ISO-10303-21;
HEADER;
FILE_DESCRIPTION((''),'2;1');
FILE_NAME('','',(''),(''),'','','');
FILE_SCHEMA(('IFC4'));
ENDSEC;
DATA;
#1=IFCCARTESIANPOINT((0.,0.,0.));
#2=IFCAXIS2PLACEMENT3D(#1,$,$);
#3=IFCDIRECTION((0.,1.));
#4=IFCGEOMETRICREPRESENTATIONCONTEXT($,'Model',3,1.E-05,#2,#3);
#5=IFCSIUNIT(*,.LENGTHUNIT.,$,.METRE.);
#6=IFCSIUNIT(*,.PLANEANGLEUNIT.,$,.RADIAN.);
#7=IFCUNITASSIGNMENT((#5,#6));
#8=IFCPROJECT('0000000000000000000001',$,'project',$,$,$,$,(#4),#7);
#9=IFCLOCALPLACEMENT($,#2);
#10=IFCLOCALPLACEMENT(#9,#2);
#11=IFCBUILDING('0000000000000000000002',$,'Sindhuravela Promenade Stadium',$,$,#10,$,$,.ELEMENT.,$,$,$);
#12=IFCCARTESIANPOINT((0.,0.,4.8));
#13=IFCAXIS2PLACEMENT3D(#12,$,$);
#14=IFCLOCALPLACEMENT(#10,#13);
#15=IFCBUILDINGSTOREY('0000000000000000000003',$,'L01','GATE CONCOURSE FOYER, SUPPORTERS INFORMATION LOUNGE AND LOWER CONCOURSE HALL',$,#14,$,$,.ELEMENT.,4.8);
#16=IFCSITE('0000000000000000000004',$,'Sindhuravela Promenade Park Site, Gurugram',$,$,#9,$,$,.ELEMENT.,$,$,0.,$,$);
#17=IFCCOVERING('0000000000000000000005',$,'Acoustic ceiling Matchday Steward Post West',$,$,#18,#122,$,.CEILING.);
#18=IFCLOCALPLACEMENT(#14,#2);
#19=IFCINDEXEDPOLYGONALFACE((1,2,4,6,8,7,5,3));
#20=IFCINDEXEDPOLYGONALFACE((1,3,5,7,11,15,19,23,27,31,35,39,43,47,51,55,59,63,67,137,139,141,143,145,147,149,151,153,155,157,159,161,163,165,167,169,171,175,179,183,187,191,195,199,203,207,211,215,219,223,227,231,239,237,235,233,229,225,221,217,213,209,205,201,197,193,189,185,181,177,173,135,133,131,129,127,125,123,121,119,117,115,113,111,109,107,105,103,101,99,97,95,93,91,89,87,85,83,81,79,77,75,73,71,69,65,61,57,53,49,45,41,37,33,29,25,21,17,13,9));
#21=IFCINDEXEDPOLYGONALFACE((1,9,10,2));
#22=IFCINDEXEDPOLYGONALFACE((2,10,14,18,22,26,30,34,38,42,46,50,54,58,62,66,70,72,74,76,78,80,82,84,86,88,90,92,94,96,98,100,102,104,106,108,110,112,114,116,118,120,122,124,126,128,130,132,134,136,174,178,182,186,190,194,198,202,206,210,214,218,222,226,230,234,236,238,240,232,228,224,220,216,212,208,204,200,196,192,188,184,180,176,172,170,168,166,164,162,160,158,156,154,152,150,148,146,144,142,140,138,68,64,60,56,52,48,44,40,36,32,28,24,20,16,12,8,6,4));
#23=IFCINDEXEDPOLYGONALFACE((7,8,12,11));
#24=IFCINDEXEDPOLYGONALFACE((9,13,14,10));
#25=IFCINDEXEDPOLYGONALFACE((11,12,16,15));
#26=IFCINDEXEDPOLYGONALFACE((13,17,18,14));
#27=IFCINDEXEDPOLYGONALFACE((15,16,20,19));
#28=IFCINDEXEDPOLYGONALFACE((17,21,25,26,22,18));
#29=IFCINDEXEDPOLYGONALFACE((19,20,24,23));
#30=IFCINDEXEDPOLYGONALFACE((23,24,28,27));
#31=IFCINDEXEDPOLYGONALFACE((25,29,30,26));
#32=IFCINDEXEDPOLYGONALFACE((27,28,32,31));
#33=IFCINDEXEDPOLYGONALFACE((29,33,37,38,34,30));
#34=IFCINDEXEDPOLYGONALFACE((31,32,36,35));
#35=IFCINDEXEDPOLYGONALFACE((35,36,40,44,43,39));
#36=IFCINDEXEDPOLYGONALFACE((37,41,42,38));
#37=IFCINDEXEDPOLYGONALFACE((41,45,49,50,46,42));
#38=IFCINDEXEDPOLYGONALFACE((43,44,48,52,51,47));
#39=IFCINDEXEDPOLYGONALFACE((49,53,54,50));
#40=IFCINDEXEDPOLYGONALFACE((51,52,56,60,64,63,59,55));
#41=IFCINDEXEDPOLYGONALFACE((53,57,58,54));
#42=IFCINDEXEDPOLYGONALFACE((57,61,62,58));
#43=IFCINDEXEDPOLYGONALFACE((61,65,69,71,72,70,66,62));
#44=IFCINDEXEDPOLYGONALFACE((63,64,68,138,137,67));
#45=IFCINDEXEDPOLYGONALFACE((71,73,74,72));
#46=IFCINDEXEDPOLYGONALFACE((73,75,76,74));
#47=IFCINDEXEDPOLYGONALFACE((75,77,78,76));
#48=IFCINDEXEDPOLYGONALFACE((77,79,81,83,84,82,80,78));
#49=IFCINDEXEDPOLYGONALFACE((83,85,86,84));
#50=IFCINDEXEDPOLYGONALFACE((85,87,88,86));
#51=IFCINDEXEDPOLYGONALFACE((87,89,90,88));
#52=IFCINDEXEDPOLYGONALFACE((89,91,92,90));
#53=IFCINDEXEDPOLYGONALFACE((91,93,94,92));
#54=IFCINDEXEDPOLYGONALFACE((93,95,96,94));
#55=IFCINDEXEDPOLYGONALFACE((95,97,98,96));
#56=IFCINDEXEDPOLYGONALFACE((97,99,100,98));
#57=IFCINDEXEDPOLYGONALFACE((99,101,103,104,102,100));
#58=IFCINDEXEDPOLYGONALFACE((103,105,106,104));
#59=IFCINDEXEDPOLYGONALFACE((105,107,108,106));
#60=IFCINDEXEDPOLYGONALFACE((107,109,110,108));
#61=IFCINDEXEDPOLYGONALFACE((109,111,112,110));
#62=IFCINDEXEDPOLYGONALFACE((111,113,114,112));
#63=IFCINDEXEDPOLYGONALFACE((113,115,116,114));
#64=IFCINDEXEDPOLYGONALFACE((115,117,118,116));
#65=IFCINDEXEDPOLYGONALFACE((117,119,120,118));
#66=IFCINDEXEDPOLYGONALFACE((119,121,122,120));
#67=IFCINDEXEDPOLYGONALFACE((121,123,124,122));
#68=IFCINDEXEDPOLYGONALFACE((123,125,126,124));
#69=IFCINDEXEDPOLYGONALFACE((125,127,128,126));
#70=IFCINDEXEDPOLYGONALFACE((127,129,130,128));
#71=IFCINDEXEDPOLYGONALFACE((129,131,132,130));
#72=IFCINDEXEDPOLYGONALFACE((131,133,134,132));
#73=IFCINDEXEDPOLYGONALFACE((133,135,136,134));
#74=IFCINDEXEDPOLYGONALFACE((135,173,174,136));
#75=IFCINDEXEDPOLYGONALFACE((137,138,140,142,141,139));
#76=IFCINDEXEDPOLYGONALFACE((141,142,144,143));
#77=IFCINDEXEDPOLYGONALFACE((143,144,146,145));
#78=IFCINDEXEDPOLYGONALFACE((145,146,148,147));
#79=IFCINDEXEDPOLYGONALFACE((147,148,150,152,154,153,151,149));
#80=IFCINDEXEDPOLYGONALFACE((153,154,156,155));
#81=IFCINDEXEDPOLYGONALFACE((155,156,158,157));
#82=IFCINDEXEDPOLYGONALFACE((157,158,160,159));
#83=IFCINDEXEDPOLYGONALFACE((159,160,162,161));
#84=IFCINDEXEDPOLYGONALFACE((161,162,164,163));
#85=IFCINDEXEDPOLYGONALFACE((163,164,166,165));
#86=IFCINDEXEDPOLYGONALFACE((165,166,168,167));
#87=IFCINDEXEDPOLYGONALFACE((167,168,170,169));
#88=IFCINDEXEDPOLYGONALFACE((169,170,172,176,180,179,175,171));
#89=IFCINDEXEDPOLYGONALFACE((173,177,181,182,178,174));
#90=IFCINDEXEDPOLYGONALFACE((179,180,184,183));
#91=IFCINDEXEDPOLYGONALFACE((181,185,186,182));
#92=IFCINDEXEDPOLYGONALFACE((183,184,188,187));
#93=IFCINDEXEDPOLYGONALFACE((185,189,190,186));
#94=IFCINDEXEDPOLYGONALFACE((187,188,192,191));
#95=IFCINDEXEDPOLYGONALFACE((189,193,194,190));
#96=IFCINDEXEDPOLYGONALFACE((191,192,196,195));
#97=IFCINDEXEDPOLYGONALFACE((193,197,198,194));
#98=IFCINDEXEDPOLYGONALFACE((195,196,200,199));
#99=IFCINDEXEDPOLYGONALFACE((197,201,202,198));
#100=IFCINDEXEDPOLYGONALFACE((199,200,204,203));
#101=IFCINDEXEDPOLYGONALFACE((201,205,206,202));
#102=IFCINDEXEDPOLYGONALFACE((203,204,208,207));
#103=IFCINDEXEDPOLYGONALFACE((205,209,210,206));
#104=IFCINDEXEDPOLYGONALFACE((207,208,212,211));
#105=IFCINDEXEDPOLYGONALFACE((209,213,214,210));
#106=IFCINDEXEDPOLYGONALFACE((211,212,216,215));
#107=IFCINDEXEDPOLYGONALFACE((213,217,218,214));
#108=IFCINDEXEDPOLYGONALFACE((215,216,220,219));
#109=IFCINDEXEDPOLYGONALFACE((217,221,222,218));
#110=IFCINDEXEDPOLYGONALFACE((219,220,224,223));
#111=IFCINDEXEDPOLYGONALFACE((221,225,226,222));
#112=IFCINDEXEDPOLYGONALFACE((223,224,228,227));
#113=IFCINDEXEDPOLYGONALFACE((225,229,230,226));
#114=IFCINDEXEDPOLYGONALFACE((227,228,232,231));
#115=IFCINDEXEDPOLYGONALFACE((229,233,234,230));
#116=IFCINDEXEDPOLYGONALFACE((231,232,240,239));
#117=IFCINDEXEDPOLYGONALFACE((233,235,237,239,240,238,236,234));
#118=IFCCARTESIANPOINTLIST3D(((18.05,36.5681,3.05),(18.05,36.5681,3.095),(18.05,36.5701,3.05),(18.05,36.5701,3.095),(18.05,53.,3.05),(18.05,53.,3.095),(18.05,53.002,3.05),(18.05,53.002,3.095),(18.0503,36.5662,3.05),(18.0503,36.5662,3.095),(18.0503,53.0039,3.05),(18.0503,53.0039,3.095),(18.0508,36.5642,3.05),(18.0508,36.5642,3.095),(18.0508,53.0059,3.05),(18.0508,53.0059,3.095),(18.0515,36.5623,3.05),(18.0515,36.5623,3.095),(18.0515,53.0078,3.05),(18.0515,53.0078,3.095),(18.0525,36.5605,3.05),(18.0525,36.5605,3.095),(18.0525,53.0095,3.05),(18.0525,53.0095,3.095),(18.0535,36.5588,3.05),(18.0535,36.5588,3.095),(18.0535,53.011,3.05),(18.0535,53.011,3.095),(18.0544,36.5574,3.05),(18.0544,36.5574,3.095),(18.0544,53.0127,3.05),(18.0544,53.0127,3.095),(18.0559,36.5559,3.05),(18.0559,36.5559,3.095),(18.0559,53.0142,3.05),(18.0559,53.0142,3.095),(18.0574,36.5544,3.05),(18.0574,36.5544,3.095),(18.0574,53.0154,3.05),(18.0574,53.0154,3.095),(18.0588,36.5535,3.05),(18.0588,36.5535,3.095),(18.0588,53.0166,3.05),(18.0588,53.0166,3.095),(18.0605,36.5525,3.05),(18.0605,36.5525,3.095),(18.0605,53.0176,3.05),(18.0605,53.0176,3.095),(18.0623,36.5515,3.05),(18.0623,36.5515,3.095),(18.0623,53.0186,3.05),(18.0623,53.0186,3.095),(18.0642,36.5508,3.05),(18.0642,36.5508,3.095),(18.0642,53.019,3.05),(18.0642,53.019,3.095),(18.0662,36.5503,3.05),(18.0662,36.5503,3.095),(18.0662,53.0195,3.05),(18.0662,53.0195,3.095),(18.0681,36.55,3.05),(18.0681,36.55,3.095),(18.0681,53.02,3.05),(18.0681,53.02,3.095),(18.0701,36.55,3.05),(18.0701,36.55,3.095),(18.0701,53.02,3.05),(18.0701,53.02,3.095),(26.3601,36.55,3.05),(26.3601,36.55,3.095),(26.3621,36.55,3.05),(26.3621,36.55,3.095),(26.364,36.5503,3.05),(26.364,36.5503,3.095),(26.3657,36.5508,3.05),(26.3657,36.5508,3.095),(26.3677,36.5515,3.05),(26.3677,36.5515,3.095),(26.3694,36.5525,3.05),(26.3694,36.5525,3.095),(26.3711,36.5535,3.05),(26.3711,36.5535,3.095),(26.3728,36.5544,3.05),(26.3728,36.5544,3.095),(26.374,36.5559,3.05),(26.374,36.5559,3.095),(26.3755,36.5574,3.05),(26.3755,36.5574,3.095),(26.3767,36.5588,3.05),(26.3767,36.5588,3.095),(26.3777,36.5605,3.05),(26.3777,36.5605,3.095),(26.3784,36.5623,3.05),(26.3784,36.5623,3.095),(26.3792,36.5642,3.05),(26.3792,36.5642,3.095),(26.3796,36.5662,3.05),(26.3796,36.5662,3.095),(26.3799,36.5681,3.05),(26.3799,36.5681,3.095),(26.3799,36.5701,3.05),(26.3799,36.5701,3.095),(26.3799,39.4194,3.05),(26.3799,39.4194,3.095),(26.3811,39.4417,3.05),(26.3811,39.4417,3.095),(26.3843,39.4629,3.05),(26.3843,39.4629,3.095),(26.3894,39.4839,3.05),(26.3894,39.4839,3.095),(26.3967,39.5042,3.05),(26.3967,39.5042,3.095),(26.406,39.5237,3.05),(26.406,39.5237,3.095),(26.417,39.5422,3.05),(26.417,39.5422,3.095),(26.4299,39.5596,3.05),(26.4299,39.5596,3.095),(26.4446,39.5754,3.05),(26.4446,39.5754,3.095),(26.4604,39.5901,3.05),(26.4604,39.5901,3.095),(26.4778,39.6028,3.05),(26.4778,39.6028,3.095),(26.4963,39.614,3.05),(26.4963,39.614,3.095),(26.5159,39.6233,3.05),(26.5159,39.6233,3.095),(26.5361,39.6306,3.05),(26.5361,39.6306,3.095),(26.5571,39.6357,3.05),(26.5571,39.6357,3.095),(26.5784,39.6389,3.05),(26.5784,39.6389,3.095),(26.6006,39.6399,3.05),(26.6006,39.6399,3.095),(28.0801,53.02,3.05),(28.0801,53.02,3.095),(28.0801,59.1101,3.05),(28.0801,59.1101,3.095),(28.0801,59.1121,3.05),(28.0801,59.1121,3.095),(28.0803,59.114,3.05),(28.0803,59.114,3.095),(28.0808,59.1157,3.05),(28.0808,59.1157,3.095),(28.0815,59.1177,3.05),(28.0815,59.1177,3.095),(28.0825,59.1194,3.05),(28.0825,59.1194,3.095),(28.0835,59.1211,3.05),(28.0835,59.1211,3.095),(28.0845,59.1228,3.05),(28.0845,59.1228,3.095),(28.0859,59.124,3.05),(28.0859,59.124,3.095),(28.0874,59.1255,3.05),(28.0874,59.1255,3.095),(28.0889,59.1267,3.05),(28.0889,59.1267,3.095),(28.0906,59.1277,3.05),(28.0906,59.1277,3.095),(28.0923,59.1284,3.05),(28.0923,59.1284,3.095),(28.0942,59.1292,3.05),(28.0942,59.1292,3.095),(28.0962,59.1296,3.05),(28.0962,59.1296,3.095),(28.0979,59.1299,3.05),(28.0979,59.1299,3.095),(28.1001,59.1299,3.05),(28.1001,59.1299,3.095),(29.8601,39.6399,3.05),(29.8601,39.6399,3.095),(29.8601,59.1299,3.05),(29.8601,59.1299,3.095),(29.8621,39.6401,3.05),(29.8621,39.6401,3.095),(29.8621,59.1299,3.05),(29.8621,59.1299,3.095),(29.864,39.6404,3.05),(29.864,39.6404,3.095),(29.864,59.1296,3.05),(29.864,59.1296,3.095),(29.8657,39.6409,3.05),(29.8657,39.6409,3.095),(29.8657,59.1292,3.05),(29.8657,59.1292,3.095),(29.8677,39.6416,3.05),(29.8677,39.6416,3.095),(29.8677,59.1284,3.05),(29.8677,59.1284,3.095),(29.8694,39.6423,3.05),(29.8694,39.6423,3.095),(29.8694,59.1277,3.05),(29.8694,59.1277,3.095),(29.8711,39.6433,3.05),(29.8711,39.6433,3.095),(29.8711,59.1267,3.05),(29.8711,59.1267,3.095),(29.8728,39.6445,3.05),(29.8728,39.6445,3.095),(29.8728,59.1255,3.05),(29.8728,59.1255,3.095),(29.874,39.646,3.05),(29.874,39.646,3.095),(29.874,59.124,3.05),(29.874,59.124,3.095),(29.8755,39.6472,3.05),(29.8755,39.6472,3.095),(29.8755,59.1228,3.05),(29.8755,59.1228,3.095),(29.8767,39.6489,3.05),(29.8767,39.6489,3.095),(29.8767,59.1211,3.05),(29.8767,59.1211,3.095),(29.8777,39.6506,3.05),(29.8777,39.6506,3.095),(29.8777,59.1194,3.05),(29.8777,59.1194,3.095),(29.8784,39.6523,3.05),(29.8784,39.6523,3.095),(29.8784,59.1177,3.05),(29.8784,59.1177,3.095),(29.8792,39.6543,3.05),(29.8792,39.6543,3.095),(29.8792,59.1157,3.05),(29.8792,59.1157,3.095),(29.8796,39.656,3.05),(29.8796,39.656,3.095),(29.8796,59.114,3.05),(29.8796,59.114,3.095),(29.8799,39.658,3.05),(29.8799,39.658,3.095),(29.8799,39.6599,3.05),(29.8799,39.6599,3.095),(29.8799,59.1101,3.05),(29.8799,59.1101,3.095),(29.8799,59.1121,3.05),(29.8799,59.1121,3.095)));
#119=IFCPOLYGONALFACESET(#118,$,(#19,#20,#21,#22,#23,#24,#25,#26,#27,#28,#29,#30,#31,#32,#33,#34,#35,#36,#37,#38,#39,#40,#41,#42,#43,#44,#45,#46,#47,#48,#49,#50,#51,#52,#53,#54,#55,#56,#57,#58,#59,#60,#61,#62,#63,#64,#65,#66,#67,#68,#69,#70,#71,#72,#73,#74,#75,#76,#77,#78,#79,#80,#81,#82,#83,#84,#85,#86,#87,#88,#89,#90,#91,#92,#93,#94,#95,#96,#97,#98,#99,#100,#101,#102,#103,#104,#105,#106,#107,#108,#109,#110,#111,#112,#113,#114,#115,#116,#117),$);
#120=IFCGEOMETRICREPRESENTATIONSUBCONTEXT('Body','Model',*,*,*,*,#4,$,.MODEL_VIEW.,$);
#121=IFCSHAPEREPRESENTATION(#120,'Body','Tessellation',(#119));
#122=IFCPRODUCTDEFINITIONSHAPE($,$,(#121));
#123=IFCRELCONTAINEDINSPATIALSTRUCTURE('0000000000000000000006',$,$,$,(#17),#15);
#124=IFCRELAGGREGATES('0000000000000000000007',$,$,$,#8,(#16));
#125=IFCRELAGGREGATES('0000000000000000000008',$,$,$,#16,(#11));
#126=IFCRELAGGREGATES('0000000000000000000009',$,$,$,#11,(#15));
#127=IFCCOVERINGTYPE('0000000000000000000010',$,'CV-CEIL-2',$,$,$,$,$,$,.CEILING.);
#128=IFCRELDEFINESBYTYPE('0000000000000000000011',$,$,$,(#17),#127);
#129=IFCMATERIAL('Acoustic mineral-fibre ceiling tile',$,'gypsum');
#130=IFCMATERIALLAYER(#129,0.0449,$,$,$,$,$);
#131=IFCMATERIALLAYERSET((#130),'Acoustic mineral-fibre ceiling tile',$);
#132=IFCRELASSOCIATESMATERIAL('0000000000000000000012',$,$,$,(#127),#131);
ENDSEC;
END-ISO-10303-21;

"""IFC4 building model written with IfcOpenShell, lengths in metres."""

from ifc_helpers import new_model, si_unit, direction, frame, origin, place, context, subcontext, project, spatial, polyline, outline, extrude, material, layer, layer_set, type_object, element, save


model = new_model("IFC4")

# Units and contexts
model_context = context("Model", 3, precision=1e-05, world=origin(), true_north=direction((0.0, 1.0)))
body_context = subcontext(model_context, "Body", "Model", "MODEL_VIEW")
ifc_project = project(units=[si_unit("LENGTHUNIT", "METRE"), si_unit("PLANEANGLEUNIT", "RADIAN")], contexts=[model_context])

# Site, building, storey
site_placement = place(None, origin())
site = spatial("IfcSite", under=ifc_project, at=site_placement, Name="Sindhuravela Promenade Park Site, Gurugram", CompositionType="ELEMENT", RefElevation=0.0)
building_placement = place(site_placement, origin())
building = spatial("IfcBuilding", under=site, at=building_placement, Name="Sindhuravela Promenade Stadium", CompositionType="ELEMENT")
storey_placement = place(building_placement, frame((0.0, 0.0, 4.8)))
storey = spatial("IfcBuildingStorey", under=building, at=storey_placement, Name="L01", Description="GATE CONCOURSE FOYER, SUPPORTERS INFORMATION LOUNGE AND LOWER CONCOURSE HALL", CompositionType="ELEMENT", Elevation=4.8)

# Covering
ifc_material_1 = material(Name="Acoustic mineral-fibre ceiling tile", Category="gypsum")
ifc_layer_1 = layer(ifc_material_1, 0.0449)
ifc_layer_set_1 = layer_set([ifc_layer_1], Name="Acoustic mineral-fibre ceiling tile")
covering_type_1 = type_object("IfcCoveringType", Name="CV-CEIL-2", PredefinedType="CEILING", material=ifc_layer_set_1)
covering_1_placement = place(storey_placement, frame((0.0, 0.0, 3.05)))
element("IfcCovering", 1, at=covering_1_placement, inside=storey, type_object=covering_type_1, Name="Acoustic ceiling Matchday Steward Post West", PredefinedType="CEILING", context=body_context, shape_type="SweptSolid", body=[
    extrude(outline(polyline([(28.0801, 53.02), (28.0801, 59.1101), (28.0801, 59.1121), (28.0803, 59.114), (28.0808, 59.1157), (28.0815, 59.1177), (28.0825, 59.1194), (28.0835, 59.1211), (28.0845, 59.1228), (28.0859, 59.124), (28.0874, 59.1255), (28.0889, 59.1267), (28.0906, 59.1277), (28.0923, 59.1284), (28.0942, 59.1292), (28.0962, 59.1296), (28.0979, 59.1299), (28.1001, 59.1299), (29.8601, 59.1299), (29.8621, 59.1299), (29.864, 59.1296), (29.8657, 59.1292), (29.8677, 59.1284), (29.8694, 59.1277), (29.8711, 59.1267), (29.8728, 59.1255), (29.874, 59.124), (29.8755, 59.1228), (29.8767, 59.1211), (29.8777, 59.1194), (29.8784, 59.1177), (29.8792, 59.1157), (29.8796, 59.114), (29.8799, 59.1121), (29.8799, 59.1101), (29.8799, 39.6599), (29.8799, 39.658), (29.8796, 39.656), (29.8792, 39.6543), (29.8784, 39.6523), (29.8777, 39.6506), (29.8767, 39.6489), (29.8755, 39.6472), (29.874, 39.646), (29.8728, 39.6445), (29.8711, 39.6433), (29.8694, 39.6423), (29.8677, 39.6416), (29.8657, 39.6409), (29.864, 39.6404), (29.8621, 39.6401), (29.8601, 39.6399), (26.6006, 39.6399), (26.5784, 39.6389), (26.5571, 39.6357), (26.5361, 39.6306), (26.5159, 39.6233), (26.4963, 39.614), (26.4778, 39.6028), (26.4604, 39.5901), (26.4446, 39.5754), (26.4299, 39.5596), (26.417, 39.5422), (26.406, 39.5237), (26.3967, 39.5042), (26.3894, 39.4839), (26.3843, 39.4629), (26.3811, 39.4417), (26.3799, 39.4194), (26.3799, 36.5701), (26.3799, 36.5681), (26.3796, 36.5662), (26.3792, 36.5642), (26.3784, 36.5623), (26.3777, 36.5605), (26.3767, 36.5588), (26.3755, 36.5574), (26.374, 36.5559), (26.3728, 36.5544), (26.3711, 36.5535), (26.3694, 36.5525), (26.3677, 36.5515), (26.3657, 36.5508), (26.364, 36.5503), (26.3621, 36.55), (26.3601, 36.55), (18.0701, 36.55), (18.0681, 36.55), (18.0662, 36.5503), (18.0642, 36.5508), (18.0623, 36.5515), (18.0605, 36.5525), (18.0588, 36.5535), (18.0574, 36.5544), (18.0559, 36.5559), (18.0544, 36.5574), (18.0535, 36.5588), (18.0525, 36.5605), (18.0515, 36.5623), (18.0508, 36.5642), (18.0503, 36.5662), (18.05, 36.5681), (18.05, 36.5701), (18.05, 53.0), (18.05, 53.002), (18.0503, 53.0039), (18.0508, 53.0059), (18.0515, 53.0078), (18.0525, 53.0095), (18.0535, 53.011), (18.0544, 53.0127), (18.0559, 53.0142), (18.0574, 53.0154), (18.0588, 53.0166), (18.0605, 53.0176), (18.0623, 53.0186), (18.0642, 53.019), (18.0662, 53.0195), (18.0681, 53.02), (18.0701, 53.02), (28.0801, 53.02)])), origin(), (0.0, 0.0, 1.0), 0.0449),
])

save(model, "model.ifc")
